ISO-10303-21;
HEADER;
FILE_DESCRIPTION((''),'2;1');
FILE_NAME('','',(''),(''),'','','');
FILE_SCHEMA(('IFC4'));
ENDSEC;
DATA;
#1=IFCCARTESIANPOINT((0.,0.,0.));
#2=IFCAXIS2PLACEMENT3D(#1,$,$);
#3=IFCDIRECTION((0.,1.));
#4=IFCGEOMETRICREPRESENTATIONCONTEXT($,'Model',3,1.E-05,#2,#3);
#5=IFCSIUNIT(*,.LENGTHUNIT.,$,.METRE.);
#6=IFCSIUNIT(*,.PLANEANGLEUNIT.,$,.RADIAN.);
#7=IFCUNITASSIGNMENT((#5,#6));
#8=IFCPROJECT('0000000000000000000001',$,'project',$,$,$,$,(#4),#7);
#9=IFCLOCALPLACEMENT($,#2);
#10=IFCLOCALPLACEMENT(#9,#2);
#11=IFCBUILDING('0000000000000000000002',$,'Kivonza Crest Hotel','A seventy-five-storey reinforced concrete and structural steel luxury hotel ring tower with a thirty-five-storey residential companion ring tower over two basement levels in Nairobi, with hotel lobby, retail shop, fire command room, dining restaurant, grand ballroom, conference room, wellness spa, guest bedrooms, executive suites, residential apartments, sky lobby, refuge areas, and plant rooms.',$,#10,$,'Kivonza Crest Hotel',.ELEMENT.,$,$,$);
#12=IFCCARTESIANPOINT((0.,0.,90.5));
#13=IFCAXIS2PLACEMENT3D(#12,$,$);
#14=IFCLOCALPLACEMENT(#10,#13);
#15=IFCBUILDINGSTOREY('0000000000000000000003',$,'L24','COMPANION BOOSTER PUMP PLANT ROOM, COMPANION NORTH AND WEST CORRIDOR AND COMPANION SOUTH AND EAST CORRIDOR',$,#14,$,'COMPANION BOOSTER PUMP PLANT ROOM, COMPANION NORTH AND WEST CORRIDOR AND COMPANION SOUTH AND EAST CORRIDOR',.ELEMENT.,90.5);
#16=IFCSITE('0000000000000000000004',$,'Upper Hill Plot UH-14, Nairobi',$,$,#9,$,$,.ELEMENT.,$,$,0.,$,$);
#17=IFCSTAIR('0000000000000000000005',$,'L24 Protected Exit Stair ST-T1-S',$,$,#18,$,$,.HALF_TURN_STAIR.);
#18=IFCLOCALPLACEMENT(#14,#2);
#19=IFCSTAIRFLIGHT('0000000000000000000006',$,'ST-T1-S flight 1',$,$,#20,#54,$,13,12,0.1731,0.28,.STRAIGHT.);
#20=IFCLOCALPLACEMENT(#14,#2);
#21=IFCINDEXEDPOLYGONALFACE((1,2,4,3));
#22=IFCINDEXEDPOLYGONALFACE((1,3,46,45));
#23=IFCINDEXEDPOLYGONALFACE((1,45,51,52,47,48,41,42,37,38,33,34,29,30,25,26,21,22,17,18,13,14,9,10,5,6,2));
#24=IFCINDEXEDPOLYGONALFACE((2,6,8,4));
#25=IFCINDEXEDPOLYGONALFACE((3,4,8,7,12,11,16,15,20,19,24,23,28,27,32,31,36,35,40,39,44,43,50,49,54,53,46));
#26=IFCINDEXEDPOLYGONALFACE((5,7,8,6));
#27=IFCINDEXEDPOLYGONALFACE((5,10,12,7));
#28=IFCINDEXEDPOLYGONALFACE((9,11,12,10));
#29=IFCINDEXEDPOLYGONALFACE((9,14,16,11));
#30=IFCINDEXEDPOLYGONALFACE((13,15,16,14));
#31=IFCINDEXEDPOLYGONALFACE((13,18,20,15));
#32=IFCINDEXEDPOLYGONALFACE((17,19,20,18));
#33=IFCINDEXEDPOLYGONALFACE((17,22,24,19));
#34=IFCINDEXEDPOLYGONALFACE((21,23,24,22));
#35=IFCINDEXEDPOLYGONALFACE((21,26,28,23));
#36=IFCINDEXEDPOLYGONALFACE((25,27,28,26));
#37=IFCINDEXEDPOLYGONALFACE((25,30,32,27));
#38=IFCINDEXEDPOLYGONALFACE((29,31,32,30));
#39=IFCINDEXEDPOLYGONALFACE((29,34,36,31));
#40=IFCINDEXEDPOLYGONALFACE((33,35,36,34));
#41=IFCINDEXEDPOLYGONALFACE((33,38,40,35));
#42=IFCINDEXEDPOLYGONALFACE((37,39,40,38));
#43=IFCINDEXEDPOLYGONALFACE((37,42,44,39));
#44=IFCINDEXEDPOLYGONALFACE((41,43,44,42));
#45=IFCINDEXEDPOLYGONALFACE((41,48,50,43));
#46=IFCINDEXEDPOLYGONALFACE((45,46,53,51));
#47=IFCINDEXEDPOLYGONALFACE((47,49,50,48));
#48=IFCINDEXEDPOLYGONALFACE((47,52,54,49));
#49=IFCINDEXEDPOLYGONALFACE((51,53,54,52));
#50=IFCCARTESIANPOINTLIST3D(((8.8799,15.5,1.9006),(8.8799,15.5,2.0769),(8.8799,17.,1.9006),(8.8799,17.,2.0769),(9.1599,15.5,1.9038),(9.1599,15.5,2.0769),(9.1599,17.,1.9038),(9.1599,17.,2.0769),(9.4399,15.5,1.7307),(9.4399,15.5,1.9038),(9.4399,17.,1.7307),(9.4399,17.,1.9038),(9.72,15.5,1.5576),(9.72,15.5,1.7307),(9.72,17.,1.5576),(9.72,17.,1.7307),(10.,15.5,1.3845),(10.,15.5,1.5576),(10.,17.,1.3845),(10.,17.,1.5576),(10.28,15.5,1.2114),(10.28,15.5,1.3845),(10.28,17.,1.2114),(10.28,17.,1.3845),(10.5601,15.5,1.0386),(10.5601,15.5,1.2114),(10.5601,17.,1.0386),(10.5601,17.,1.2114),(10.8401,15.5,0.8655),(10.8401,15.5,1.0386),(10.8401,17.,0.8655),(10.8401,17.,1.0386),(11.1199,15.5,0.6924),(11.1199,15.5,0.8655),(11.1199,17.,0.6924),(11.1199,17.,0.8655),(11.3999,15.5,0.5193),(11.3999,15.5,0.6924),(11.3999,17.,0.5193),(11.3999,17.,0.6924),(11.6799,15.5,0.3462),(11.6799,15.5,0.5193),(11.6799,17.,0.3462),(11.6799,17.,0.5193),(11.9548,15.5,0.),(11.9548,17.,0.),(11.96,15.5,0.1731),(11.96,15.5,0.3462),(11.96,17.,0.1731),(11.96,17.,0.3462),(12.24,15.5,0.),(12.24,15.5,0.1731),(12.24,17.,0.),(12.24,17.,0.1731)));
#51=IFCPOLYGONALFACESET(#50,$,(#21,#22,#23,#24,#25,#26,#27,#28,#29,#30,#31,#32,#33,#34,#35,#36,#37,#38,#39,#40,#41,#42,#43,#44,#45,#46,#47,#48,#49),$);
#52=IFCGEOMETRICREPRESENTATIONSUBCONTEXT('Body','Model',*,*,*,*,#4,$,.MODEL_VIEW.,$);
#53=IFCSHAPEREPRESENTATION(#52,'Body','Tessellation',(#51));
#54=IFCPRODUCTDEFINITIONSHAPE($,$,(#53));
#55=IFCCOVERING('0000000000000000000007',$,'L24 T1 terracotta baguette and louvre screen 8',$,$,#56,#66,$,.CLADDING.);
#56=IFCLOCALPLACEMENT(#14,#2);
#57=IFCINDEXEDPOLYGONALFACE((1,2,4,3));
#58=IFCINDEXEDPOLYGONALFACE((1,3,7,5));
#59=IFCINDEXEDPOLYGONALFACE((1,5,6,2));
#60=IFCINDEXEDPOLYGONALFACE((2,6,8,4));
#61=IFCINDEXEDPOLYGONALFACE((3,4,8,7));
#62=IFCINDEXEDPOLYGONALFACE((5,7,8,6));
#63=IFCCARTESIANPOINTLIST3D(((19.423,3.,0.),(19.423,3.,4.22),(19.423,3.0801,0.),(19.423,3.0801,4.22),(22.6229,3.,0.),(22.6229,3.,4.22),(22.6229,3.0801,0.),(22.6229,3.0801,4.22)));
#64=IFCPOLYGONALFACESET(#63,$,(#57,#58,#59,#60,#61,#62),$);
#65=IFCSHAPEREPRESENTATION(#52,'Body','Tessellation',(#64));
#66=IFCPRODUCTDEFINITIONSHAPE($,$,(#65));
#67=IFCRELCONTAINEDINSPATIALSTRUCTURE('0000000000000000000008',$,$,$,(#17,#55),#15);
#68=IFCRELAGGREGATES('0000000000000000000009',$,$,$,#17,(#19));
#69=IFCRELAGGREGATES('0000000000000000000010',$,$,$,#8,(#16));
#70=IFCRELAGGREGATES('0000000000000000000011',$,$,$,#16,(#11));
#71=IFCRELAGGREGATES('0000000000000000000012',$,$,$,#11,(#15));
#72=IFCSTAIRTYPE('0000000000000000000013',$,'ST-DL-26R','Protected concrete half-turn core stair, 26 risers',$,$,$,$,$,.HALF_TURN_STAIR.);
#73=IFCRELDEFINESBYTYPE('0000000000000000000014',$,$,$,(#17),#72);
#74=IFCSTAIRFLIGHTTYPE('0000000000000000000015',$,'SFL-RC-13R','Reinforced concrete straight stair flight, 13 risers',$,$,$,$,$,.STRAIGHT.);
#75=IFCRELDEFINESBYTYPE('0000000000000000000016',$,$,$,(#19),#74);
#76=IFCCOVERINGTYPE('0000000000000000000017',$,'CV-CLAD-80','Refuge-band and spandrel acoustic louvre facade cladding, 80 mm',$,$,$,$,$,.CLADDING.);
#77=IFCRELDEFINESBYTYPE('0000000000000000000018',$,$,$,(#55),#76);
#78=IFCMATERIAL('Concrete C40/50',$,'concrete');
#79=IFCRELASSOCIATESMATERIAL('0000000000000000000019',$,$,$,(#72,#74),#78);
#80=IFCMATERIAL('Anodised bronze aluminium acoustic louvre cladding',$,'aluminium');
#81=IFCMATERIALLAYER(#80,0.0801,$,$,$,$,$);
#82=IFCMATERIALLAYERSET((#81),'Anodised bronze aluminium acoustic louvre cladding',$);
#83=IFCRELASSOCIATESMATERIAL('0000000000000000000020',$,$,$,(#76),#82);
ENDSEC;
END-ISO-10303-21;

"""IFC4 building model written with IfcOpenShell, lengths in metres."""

from ifc_helpers import new_model, si_unit, direction, frame, origin, origin_2d, place, context, subcontext, project, spatial, polyline, rectangle, outline, extrude, material, layer, layer_set, type_object, element, aggregate, save


model = new_model("IFC4")

# Units and contexts
model_context = context("Model", 3, precision=1e-05, world=origin(), true_north=direction((0.0, 1.0)))
body_context = subcontext(model_context, "Body", "Model", "MODEL_VIEW")
ifc_project = project(units=[si_unit("LENGTHUNIT", "METRE"), si_unit("PLANEANGLEUNIT", "RADIAN")], contexts=[model_context])

# Site, building, storey
site_placement = place(None, origin())
site = spatial("IfcSite", under=ifc_project, at=site_placement, Name="Upper Hill Plot UH-14, Nairobi", CompositionType="ELEMENT", RefElevation=0.0)
building_placement = place(site_placement, origin())
building = spatial("IfcBuilding", under=site, at=building_placement, Name="Kivonza Crest Hotel", Description="A seventy-five-storey reinforced concrete and structural steel luxury hotel ring tower with a thirty-five-storey residential companion ring tower over two basement levels in Nairobi, with hotel lobby, retail shop, fire command room, dining restaurant, grand ballroom, conference room, wellness spa, guest bedrooms, executive suites, residential apartments, sky lobby, refuge areas, and plant rooms.", LongName="Kivonza Crest Hotel", CompositionType="ELEMENT")
storey_placement = place(building_placement, frame((0.0, 0.0, 90.5)))
storey = spatial("IfcBuildingStorey", under=building, at=storey_placement, Name="L24", Description="COMPANION BOOSTER PUMP PLANT ROOM, COMPANION NORTH AND WEST CORRIDOR AND COMPANION SOUTH AND EAST CORRIDOR", LongName="COMPANION BOOSTER PUMP PLANT ROOM, COMPANION NORTH AND WEST CORRIDOR AND COMPANION SOUTH AND EAST CORRIDOR", CompositionType="ELEMENT", Elevation=90.5)

# Stair, stair flight
ifc_material_1 = material(Name="Concrete C40/50", Category="concrete")
stair_type = type_object("IfcStairType", Name="ST-DL-26R", Description="Protected concrete half-turn core stair, 26 risers", PredefinedType="HALF_TURN_STAIR", material=ifc_material_1)
stair_placement = place(storey_placement, origin())
stair = element("IfcStair", 1, at=stair_placement, inside=storey, type_object=stair_type, Name="L24 Protected Exit Stair ST-T1-S", PredefinedType="HALF_TURN_STAIR")
stair_flight_type = type_object("IfcStairFlightType", Name="SFL-RC-13R", Description="Reinforced concrete straight stair flight, 13 risers", PredefinedType="STRAIGHT", material=ifc_material_1)
stair_flight_placement = place(storey_placement, frame((12.24, 16.25, 0.0), z_axis=(0.0, 0.0, 1.0), x_axis=(-1.0, 0.0, 0.0)))
stair_flight = element("IfcStairFlight", 2, at=stair_flight_placement, type_object=stair_flight_type, Name="ST-T1-S flight 1", NumberOfRisers=13, NumberOfTreads=12, PredefinedType="STRAIGHT", RiserHeight=0.1731, TreadLength=0.28, context=body_context, shape_type="SweptSolid", body=[
    extrude(outline(polyline([(0.0, 0.0), (0.0, 0.1731), (0.28, 0.1731), (0.28, 0.3462), (0.5601, 0.3462), (0.5601, 0.5193), (0.8401, 0.5193), (0.8401, 0.6924), (1.1201, 0.6924), (1.1201, 0.8655), (1.3999, 0.8655), (1.3999, 1.0386), (1.6799, 1.0386), (1.6799, 1.2114), (1.96, 1.2114), (1.96, 1.3845), (2.24, 1.3845), (2.24, 1.5576), (2.52, 1.5576), (2.52, 1.7307), (2.8, 1.7307), (2.8, 1.9038), (3.0801, 1.9038), (3.0801, 2.0769), (3.3601, 2.0769), (3.3601, 2.25), (3.3601, 1.9006), (0.2852, 0.0), (0.0, 0.0)])), frame((0.0, 0.75, 0.0), z_axis=(0.0, -1.0, 0.0), x_axis=(1.0, 0.0, 0.0)), (0.0, 0.0, 1.0), 1.5),
])
aggregate(stair, [stair_flight])

# Covering
ifc_material_2 = material(Name="Anodised bronze aluminium acoustic louvre cladding", Category="aluminium")
ifc_layer_1 = layer(ifc_material_2, 0.0801)
ifc_layer_set_1 = layer_set([ifc_layer_1], Name="Anodised bronze aluminium acoustic louvre cladding")
covering_type = type_object("IfcCoveringType", Name="CV-CLAD-80", Description="Refuge-band and spandrel acoustic louvre facade cladding, 80 mm", PredefinedType="CLADDING", material=ifc_layer_set_1)
covering_placement = place(storey_placement, frame((21.0229, 3.04, 0.0), z_axis=(0.0, 0.0, 1.0), x_axis=(1.0, 0.0, 0.0)))
element("IfcCovering", 3, at=covering_placement, inside=storey, type_object=covering_type, Name="L24 T1 terracotta baguette and louvre screen 8", PredefinedType="CLADDING", context=body_context, shape_type="SweptSolid", body=[
    extrude(rectangle(XDim=3.2, YDim=0.0801, at=origin_2d()), origin(), (0.0, 0.0, 1.0), 4.22),
])

save(model, "model.ifc")
